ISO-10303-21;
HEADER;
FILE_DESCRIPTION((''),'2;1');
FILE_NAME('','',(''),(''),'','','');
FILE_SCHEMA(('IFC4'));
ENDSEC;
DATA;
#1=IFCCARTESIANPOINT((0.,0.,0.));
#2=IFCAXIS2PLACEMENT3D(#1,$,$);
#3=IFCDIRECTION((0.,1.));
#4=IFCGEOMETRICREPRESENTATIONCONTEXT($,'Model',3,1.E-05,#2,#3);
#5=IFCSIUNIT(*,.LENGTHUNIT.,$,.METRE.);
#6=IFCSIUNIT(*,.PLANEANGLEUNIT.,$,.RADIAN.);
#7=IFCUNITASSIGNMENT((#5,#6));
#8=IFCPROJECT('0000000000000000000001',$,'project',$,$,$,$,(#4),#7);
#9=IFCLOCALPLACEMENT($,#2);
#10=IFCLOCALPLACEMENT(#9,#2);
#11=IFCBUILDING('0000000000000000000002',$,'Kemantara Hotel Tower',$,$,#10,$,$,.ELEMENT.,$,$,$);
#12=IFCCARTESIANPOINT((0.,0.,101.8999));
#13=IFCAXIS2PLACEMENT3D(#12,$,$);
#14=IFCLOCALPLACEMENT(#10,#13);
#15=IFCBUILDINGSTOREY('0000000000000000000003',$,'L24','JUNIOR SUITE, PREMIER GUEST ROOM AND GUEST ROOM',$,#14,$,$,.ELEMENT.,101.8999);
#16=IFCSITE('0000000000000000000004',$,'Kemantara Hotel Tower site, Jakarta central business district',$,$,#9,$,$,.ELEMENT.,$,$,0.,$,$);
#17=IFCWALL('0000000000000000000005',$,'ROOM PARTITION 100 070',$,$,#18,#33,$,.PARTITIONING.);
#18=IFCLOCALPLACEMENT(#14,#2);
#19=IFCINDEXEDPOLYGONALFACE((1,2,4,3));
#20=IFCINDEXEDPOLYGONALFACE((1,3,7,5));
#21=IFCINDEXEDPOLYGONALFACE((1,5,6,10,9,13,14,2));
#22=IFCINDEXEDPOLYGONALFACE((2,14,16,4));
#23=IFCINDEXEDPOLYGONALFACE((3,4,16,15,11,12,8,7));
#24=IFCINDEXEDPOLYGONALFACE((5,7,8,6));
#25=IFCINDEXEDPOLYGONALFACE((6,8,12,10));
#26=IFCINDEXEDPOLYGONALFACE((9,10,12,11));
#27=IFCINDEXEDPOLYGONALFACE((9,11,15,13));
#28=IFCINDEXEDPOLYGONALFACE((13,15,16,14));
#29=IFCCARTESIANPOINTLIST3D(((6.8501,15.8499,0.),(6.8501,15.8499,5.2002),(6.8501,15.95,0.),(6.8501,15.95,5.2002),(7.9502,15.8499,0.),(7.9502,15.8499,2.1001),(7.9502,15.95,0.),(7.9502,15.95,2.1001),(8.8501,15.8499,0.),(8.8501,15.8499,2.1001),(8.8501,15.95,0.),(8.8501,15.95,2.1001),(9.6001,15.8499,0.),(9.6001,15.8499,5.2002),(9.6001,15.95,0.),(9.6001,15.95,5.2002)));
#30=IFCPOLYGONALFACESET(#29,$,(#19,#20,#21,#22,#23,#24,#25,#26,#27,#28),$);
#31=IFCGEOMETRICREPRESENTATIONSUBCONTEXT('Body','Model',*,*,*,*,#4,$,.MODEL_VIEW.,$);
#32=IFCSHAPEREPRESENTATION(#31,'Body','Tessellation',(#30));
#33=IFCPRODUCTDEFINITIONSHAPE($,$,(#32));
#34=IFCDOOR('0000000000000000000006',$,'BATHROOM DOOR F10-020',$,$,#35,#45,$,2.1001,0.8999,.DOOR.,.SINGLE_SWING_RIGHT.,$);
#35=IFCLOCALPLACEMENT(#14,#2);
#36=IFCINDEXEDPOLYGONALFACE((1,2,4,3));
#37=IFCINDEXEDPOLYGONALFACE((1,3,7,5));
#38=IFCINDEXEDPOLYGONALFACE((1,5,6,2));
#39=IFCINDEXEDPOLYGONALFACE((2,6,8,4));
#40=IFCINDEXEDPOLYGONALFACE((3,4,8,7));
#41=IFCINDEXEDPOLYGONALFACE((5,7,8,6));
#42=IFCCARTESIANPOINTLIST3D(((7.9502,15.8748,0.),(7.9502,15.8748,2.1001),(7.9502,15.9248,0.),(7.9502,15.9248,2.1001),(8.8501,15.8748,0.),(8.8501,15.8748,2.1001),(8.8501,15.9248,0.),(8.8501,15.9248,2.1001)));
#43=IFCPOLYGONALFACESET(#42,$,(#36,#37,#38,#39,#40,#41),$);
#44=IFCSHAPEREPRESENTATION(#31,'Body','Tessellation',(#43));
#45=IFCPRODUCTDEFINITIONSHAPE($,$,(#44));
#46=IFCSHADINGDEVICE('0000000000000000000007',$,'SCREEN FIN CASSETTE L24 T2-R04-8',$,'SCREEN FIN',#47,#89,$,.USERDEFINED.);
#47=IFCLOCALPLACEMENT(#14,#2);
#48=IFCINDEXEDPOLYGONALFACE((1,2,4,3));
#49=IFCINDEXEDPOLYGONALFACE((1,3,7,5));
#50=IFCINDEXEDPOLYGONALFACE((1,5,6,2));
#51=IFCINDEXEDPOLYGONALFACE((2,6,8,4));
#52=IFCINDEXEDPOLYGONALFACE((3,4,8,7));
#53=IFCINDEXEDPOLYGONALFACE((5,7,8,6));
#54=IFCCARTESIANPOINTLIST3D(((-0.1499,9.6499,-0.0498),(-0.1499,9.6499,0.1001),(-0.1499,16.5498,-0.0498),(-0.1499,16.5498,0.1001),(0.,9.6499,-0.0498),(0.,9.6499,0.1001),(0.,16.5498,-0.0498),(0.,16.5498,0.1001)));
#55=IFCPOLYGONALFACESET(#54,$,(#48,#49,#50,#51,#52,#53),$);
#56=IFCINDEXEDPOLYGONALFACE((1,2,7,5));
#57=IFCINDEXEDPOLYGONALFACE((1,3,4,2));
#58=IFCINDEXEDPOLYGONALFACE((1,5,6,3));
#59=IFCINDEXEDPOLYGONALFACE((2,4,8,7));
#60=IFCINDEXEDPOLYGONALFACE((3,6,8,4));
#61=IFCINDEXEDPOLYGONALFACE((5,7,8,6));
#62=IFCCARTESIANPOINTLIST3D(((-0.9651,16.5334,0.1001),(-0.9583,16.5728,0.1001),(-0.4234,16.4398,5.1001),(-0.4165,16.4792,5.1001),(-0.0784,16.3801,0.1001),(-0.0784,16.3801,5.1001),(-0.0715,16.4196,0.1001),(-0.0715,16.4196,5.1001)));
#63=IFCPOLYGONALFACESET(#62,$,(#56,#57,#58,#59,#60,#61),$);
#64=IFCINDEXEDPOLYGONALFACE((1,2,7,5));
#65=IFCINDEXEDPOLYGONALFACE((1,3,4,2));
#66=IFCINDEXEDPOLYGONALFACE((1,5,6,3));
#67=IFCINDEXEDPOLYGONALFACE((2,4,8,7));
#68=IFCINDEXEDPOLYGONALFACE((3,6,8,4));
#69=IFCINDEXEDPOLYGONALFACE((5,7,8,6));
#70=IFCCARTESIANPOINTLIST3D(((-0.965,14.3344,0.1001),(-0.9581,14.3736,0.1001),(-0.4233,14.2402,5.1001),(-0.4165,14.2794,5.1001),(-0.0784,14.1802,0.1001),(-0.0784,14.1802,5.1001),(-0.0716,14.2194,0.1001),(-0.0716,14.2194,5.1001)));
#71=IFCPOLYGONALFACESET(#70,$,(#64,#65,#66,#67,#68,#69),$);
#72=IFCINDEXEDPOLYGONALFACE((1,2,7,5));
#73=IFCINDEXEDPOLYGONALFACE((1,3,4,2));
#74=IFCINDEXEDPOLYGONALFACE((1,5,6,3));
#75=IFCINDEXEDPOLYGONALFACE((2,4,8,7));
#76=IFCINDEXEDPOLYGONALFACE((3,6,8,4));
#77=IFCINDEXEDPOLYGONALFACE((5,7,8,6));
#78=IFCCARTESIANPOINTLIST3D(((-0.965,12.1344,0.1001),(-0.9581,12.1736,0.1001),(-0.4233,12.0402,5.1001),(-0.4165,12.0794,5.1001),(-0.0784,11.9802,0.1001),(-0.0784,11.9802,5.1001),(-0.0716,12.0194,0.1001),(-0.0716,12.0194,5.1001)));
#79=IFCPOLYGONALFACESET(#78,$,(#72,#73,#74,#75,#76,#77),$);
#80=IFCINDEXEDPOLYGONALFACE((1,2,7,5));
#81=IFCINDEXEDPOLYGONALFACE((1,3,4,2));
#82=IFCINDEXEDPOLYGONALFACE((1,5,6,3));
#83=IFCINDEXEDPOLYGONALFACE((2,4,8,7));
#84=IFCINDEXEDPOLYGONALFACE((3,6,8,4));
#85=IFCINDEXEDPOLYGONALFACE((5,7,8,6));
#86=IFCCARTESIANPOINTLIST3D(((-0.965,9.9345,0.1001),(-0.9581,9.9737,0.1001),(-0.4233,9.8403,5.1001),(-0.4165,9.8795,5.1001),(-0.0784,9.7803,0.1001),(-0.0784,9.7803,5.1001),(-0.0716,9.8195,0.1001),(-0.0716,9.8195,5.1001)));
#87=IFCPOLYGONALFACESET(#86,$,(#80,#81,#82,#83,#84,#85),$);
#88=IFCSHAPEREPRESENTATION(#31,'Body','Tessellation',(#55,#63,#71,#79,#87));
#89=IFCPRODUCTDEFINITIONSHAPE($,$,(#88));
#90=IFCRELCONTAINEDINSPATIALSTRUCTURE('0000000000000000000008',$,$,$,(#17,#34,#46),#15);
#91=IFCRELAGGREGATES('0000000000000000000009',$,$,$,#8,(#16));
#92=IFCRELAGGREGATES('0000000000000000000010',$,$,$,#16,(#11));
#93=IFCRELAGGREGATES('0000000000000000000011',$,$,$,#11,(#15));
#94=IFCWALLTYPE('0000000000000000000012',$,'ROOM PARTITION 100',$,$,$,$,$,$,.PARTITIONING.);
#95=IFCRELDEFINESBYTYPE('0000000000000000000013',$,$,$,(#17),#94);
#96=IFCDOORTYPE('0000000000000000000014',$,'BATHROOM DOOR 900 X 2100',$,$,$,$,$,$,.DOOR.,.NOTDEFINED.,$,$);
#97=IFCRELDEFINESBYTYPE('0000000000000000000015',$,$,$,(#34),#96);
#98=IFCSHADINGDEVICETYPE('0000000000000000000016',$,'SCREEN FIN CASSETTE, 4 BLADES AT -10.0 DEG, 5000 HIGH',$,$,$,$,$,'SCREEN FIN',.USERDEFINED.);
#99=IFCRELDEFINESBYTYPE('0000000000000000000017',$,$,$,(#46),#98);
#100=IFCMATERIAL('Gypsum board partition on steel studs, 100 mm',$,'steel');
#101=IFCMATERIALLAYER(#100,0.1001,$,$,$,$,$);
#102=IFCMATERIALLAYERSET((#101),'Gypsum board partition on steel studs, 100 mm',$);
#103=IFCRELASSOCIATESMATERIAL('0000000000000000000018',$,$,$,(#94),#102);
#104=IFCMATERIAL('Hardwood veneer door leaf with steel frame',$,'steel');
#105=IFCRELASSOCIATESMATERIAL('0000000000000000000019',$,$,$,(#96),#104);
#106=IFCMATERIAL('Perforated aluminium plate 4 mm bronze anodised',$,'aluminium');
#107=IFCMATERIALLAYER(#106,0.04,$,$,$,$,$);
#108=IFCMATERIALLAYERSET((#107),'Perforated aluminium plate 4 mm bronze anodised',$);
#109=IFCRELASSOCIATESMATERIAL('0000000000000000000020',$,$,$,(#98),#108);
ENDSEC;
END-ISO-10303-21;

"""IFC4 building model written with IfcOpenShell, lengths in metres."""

from ifc_helpers import new_model, si_unit, direction, frame, frame_2d, origin, origin_2d, place, context, subcontext, project, spatial, polyline, rectangle, outline, extrude, source, transform, mapped, material, layer, layer_set, type_object, element, fill, save


model = new_model("IFC4")

# Units and contexts
model_context = context("Model", 3, precision=1e-05, world=origin(), true_north=direction((0.0, 1.0)))
body_context = subcontext(model_context, "Body", "Model", "MODEL_VIEW")
ifc_project = project(units=[si_unit("LENGTHUNIT", "METRE"), si_unit("PLANEANGLEUNIT", "RADIAN")], contexts=[model_context])

# Site, building, storey
site_placement = place(None, origin())
site = spatial("IfcSite", under=ifc_project, at=site_placement, Name="Kemantara Hotel Tower site, Jakarta central business district", CompositionType="ELEMENT", RefElevation=0.0)
building_placement = place(site_placement, origin())
building = spatial("IfcBuilding", under=site, at=building_placement, Name="Kemantara Hotel Tower", CompositionType="ELEMENT")
storey_placement = place(building_placement, frame((0.0, 0.0, 101.8999)))
storey = spatial("IfcBuildingStorey", under=building, at=storey_placement, Name="L24", Description="JUNIOR SUITE, PREMIER GUEST ROOM AND GUEST ROOM", CompositionType="ELEMENT", Elevation=101.8999)

# Shared definitions
ifc_material_1 = material(Name="Hardwood veneer door leaf with steel frame", Category="steel")

# Shared definitions
ifc_material_2 = material(Name="Gypsum board partition on steel studs, 100 mm", Category="steel")
ifc_layer_1 = layer(ifc_material_2, 0.1001)
ifc_layer_set_1 = layer_set([ifc_layer_1], Name="Gypsum board partition on steel studs, 100 mm")
wall_type_1 = type_object("IfcWallType", Name="ROOM PARTITION 100", PredefinedType="PARTITIONING", material=ifc_layer_set_1)

# Wall, opening, door
wall_1_placement = place(storey_placement, frame((6.8501, 15.8999, 0.0), z_axis=(0.0, 0.0, 1.0), x_axis=(1.0, 0.0, 0.0)))
wall_1 = element("IfcWall", 1, at=wall_1_placement, inside=storey, type_object=wall_type_1, Name="ROOM PARTITION 100 070", PredefinedType="PARTITIONING", context=body_context, shape_type="SweptSolid", body=[
    extrude(rectangle(XDim=2.75, YDim=0.1001, at=frame_2d((1.375, 0.0))), origin(), (0.0, 0.0, 1.0), 5.2002),
])
opening_1_placement = place(wall_1_placement, frame((1.1001, 0.0, 0.0)))
opening_1 = element("IfcOpeningElement", 2, at=opening_1_placement, cuts=wall_1, PredefinedType="OPENING", context=body_context, shape_type="SweptSolid", body=[
    extrude(rectangle(XDim=0.8999, YDim=2.1001, at=frame_2d((0.45, 1.05))), frame((0.0, 0.0601, 0.0), z_axis=(0.0, -1.0, 0.0), x_axis=(1.0, 0.0, 0.0)), (0.0, 0.0, 1.0), 0.1201),
])
door_type_1 = type_object("IfcDoorType", Name="BATHROOM DOOR 900 X 2100", OperationType="NOTDEFINED", PredefinedType="DOOR", material=ifc_material_1)
door_1_placement = place(opening_1_placement, origin())
door_1 = element("IfcDoor", 3, at=door_1_placement, inside=storey, type_object=door_type_1, Name="BATHROOM DOOR F10-020", OperationType="SINGLE_SWING_RIGHT", OverallHeight=2.1001, OverallWidth=0.8999, PredefinedType="DOOR", context=body_context, shape_type="SweptSolid", body=[
    extrude(rectangle(XDim=0.8999, YDim=2.1001, at=frame_2d((0.45, 1.05))), frame((0.0, 0.0249, 0.0), z_axis=(0.0, -1.0, 0.0), x_axis=(1.0, 0.0, 0.0)), (0.0, 0.0, 1.0), 0.05),
])
fill(opening_1, door_1)

# Shading device
ifc_material_3 = material(Name="Perforated aluminium plate 4 mm bronze anodised", Category="aluminium")
ifc_layer_2 = layer(ifc_material_3, 0.04)
ifc_layer_set_2 = layer_set([ifc_layer_2], Name="Perforated aluminium plate 4 mm bronze anodised")
shading_device_type = type_object("IfcShadingDeviceType", Name="SCREEN FIN CASSETTE, 4 BLADES AT -10.0 DEG, 5000 HIGH", ElementType="SCREEN FIN", PredefinedType="USERDEFINED", material=ifc_layer_set_2)
shared_shape = source(origin(), body_context, "Body", "SweptSolid", [
    extrude(rectangle(XDim=6.8999, YDim=0.1499, at=origin_2d()), frame((3.3, -0.075, -0.1499), z_axis=(0.0, 0.0, 1.0), x_axis=(1.0, 0.0, 0.0)), (0.0, 0.0, 1.0), 0.1499),
    extrude(outline(polyline([(0.0, 0.0), (0.8999, 0.0), (0.3501, 5.0), (0.0, 5.0), (0.0, 0.0)])), frame((0.0198, -0.0784, 0.0), z_axis=(-0.98539, 0.170314, 0.0), x_axis=(-0.170314, -0.98539, 0.0)), (0.0, 0.0, 1.0), 0.04),
    extrude(outline(polyline([(0.0, 0.0), (0.8999, 0.0), (0.3501, 5.0), (0.0, 5.0), (0.0, 0.0)])), frame((2.2197, -0.0784, 0.0), z_axis=(-0.985212, 0.171341, 0.0), x_axis=(-0.171341, -0.985212, 0.0)), (0.0, 0.0, 1.0), 0.0398),
    extrude(outline(polyline([(0.0, 0.0), (0.8999, 0.0), (0.3501, 5.0), (0.0, 5.0), (0.0, 0.0)])), frame((4.4197, -0.0784, 0.0), z_axis=(-0.985212, 0.171341, 0.0), x_axis=(-0.171341, -0.985212, 0.0)), (0.0, 0.0, 1.0), 0.0398),
    extrude(outline(polyline([(0.0, 0.0), (0.8999, 0.0), (0.3501, 5.0), (0.0, 5.0), (0.0, 0.0)])), frame((6.6196, -0.0784, 0.0), z_axis=(-0.985212, 0.171341, 0.0), x_axis=(-0.171341, -0.985212, 0.0)), (0.0, 0.0, 1.0), 0.0398),
])
shading_device_placement = place(storey_placement, frame((0.0, 16.3999, 0.1001), z_axis=(0.0, 0.0, 1.0), x_axis=(0.0, -1.0, 0.0)))
element("IfcShadingDevice", 4, at=shading_device_placement, inside=storey, type_object=shading_device_type, Name="SCREEN FIN CASSETTE L24 T2-R04-8", ObjectType="SCREEN FIN", PredefinedType="USERDEFINED", context=body_context, shape_type="MappedRepresentation", body=[
    mapped(shared_shape, transform((0.0, 0.0, 0.0))),
])

save(model, "model.ifc")
